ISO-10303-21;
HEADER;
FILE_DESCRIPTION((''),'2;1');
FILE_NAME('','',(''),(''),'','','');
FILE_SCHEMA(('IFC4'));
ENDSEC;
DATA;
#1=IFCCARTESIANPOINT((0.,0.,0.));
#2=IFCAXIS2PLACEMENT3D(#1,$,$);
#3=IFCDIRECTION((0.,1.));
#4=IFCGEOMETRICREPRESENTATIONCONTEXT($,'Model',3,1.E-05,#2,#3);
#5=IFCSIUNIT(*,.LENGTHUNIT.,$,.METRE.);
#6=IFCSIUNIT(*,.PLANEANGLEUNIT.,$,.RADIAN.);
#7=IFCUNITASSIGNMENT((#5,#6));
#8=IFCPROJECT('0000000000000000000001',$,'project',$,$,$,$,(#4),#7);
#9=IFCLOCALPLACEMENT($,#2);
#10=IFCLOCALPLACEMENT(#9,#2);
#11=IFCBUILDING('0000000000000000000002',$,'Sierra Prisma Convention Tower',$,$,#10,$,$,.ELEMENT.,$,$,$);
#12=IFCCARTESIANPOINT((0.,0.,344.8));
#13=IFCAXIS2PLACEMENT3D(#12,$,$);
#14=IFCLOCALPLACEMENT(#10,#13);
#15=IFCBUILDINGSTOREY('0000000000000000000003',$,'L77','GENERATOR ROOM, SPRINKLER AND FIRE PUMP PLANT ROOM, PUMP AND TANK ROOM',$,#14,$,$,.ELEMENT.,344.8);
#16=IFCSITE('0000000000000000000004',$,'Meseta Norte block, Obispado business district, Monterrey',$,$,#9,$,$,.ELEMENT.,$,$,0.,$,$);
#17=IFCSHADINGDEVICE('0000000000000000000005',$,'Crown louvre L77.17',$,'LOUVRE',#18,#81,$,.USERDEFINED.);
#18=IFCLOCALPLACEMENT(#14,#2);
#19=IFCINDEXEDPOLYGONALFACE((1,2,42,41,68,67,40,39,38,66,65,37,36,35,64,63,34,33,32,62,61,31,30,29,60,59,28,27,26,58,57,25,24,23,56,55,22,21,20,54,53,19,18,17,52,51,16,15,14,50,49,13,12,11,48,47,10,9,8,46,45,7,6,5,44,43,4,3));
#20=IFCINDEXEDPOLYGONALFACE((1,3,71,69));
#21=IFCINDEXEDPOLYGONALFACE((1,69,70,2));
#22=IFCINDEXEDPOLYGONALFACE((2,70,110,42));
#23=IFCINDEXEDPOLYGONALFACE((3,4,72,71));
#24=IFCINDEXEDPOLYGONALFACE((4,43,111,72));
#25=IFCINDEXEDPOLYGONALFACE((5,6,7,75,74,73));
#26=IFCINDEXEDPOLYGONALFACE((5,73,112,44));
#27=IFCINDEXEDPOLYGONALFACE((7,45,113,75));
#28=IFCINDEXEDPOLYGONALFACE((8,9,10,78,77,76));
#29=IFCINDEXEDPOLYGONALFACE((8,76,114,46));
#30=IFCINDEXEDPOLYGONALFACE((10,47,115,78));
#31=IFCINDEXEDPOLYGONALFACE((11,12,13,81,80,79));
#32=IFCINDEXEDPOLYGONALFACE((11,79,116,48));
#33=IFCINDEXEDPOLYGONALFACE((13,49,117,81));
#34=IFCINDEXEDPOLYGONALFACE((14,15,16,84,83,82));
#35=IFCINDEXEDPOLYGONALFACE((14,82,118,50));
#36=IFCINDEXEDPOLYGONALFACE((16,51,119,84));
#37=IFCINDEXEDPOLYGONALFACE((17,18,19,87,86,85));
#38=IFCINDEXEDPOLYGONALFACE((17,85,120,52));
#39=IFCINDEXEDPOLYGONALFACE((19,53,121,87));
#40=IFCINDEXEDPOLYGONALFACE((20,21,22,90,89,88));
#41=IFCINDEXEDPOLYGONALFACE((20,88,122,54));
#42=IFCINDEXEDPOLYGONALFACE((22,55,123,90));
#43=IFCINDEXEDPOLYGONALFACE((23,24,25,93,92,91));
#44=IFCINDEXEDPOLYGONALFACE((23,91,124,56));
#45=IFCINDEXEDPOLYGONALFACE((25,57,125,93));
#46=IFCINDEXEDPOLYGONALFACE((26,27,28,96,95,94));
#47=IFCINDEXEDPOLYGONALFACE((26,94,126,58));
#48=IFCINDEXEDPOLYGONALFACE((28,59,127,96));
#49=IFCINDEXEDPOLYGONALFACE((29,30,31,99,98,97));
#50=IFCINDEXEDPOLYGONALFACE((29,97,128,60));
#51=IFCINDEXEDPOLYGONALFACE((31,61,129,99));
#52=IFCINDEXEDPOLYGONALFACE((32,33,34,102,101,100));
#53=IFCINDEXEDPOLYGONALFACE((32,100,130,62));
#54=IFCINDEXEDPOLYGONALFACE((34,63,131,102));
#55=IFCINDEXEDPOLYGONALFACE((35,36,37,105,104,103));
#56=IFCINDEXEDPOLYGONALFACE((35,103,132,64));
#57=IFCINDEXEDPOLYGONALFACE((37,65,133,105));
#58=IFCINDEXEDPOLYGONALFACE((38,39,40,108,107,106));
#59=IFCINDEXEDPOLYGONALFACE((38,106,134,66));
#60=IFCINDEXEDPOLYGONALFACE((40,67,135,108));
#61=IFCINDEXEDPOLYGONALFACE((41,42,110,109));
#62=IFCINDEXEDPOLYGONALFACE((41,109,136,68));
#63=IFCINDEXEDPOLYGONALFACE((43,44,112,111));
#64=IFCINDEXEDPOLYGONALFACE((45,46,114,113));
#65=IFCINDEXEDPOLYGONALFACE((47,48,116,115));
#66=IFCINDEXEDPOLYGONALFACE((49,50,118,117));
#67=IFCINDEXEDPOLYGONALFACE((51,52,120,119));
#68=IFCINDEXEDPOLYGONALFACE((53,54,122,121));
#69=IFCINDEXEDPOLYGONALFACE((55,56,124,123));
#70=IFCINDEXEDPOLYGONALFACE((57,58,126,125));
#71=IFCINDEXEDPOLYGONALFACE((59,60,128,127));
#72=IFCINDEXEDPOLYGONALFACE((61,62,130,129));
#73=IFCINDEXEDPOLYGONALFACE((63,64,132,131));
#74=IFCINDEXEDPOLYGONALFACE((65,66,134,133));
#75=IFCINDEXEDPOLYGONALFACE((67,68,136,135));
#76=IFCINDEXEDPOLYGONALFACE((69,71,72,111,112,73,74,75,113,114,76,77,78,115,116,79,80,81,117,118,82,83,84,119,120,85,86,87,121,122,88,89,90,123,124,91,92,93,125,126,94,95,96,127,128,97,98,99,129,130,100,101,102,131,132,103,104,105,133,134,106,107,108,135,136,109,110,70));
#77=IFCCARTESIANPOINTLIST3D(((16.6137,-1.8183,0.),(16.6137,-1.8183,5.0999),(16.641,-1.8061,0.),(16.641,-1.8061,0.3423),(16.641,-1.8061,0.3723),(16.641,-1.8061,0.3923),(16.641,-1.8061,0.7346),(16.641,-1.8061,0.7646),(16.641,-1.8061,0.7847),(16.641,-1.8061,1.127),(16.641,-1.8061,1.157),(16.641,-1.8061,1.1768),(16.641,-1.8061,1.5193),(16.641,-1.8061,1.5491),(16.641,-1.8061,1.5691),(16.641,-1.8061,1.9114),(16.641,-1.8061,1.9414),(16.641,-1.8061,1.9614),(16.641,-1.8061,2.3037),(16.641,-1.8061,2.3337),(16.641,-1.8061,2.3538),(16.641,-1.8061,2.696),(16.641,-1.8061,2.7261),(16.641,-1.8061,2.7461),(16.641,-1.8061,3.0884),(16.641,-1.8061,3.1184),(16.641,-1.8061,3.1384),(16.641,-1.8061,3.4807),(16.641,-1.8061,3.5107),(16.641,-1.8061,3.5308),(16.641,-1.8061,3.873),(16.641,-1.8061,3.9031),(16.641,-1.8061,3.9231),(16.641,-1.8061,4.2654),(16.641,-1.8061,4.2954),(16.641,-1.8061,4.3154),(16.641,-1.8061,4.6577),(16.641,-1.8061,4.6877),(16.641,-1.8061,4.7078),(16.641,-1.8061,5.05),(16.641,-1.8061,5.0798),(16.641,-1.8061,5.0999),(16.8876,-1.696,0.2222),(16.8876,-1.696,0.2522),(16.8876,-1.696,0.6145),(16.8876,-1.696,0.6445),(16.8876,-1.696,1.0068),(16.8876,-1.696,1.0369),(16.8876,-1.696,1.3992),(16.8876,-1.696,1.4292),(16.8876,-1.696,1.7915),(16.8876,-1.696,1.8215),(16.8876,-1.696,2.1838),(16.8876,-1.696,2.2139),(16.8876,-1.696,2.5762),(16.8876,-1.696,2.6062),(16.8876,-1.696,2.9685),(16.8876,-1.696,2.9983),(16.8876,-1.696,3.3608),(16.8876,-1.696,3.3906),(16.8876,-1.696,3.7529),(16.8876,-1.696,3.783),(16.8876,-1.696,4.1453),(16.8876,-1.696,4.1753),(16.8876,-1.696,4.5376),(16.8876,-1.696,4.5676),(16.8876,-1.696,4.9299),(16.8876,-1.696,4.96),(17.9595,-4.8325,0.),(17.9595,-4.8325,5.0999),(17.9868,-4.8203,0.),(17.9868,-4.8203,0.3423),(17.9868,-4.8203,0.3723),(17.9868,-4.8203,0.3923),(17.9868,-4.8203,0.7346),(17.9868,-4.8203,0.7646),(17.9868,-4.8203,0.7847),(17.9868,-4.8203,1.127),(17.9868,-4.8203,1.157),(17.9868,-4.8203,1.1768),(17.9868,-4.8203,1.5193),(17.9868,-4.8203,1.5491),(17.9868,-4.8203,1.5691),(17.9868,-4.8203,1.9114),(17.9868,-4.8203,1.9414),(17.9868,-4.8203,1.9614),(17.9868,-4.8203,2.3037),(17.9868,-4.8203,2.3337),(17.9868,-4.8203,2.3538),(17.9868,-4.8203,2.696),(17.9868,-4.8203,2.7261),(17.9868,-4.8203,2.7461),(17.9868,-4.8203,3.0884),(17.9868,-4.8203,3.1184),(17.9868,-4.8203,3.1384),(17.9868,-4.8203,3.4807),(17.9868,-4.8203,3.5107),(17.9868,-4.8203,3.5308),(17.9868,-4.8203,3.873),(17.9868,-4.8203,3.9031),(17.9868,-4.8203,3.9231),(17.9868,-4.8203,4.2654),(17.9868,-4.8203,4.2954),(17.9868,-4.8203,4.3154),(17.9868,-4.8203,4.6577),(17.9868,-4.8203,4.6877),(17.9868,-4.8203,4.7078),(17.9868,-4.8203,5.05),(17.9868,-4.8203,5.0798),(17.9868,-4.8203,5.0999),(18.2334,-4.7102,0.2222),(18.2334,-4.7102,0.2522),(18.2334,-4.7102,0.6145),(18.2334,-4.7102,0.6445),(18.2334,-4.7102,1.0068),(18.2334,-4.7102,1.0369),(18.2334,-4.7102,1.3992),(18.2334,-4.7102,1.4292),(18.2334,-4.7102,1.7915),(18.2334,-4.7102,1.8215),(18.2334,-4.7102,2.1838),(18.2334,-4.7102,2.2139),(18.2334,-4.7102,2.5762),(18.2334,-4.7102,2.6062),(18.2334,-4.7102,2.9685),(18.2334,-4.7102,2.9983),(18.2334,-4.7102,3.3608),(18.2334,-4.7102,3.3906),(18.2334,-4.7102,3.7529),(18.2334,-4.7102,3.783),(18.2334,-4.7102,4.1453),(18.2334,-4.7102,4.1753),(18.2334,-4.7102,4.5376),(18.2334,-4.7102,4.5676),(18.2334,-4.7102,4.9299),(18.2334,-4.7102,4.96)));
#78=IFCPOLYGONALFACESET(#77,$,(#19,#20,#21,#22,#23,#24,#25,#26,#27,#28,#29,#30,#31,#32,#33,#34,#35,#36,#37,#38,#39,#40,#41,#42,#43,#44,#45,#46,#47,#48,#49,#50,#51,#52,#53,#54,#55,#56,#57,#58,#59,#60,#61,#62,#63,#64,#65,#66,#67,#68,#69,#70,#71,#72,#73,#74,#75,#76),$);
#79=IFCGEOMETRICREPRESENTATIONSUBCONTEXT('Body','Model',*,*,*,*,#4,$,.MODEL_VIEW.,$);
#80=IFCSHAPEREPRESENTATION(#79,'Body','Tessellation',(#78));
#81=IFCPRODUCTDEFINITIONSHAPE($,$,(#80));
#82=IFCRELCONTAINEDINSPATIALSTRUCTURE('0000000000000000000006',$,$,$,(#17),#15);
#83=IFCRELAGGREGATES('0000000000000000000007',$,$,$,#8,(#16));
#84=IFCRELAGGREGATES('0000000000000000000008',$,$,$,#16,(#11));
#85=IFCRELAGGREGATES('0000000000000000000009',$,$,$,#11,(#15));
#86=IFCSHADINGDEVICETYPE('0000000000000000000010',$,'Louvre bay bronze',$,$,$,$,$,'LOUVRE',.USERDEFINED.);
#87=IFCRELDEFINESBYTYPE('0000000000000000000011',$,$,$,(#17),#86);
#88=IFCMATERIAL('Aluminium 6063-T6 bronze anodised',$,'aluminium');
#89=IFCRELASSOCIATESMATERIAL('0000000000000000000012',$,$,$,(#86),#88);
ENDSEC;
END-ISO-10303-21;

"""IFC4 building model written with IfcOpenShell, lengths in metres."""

from ifc_helpers import new_model, si_unit, direction, frame, origin, place, context, subcontext, project, spatial, polyline, outline, extrude, material, type_object, element, save


model = new_model("IFC4")

# Units and contexts
model_context = context("Model", 3, precision=1e-05, world=origin(), true_north=direction((0.0, 1.0)))
body_context = subcontext(model_context, "Body", "Model", "MODEL_VIEW")
ifc_project = project(units=[si_unit("LENGTHUNIT", "METRE"), si_unit("PLANEANGLEUNIT", "RADIAN")], contexts=[model_context])

# Site, building, storey
site_placement = place(None, origin())
site = spatial("IfcSite", under=ifc_project, at=site_placement, Name="Meseta Norte block, Obispado business district, Monterrey", CompositionType="ELEMENT", RefElevation=0.0)
building_placement = place(site_placement, origin())
building = spatial("IfcBuilding", under=site, at=building_placement, Name="Sierra Prisma Convention Tower", CompositionType="ELEMENT")
storey_placement = place(building_placement, frame((0.0, 0.0, 344.8)))
storey = spatial("IfcBuildingStorey", under=building, at=storey_placement, Name="L77", Description="GENERATOR ROOM, SPRINKLER AND FIRE PUMP PLANT ROOM, PUMP AND TANK ROOM", CompositionType="ELEMENT", Elevation=344.8)

# Shading device
ifc_material_1 = material(Name="Aluminium 6063-T6 bronze anodised", Category="aluminium")
shading_device_type = type_object("IfcShadingDeviceType", Name="Louvre bay bronze", ElementType="LOUVRE", PredefinedType="USERDEFINED", material=ifc_material_1)
shading_device_placement = place(storey_placement, frame((17.9595, -4.8325, 0.0), z_axis=(0.407684, -0.913123, 0.0), x_axis=(0.0, 0.0, 1.0)))
element("IfcShadingDevice", 1, at=shading_device_placement, inside=storey, type_object=shading_device_type, Name="Crown louvre L77.17", ObjectType="LOUVRE", PredefinedType="USERDEFINED", context=body_context, shape_type="SweptSolid", body=[
    extrude(outline(polyline([(0.0, 0.0), (5.0999, 0.0), (5.0999, -0.0299), (5.0798, -0.0299), (4.96, -0.3), (4.9299, -0.3), (5.05, -0.0299), (4.7078, -0.0299), (4.6877, -0.0299), (4.5676, -0.3), (4.5376, -0.3), (4.6577, -0.0299), (4.3154, -0.0299), (4.2954, -0.0299), (4.1753, -0.3), (4.1453, -0.3), (4.2654, -0.0299), (3.9231, -0.0299), (3.9031, -0.0299), (3.783, -0.3), (3.7529, -0.3), (3.873, -0.0299), (3.5308, -0.0299), (3.5107, -0.0299), (3.3906, -0.3), (3.3608, -0.3), (3.4807, -0.0299), (3.1384, -0.0299), (3.1184, -0.0299), (2.9983, -0.3), (2.9685, -0.3), (3.0884, -0.0299), (2.7461, -0.0299), (2.7261, -0.0299), (2.6062, -0.3), (2.5762, -0.3), (2.696, -0.0299), (2.3538, -0.0299), (2.3337, -0.0299), (2.2139, -0.3), (2.1838, -0.3), (2.3037, -0.0299), (1.9614, -0.0299), (1.9414, -0.0299), (1.8215, -0.3), (1.7915, -0.3), (1.9114, -0.0299), (1.5691, -0.0299), (1.5491, -0.0299), (1.4292, -0.3), (1.3992, -0.3), (1.5193, -0.0299), (1.1768, -0.0299), (1.157, -0.0299), (1.0369, -0.3), (1.0068, -0.3), (1.127, -0.0299), (0.7847, -0.0299), (0.7646, -0.0299), (0.6445, -0.3), (0.6145, -0.3), (0.7346, -0.0299), (0.3923, -0.0299), (0.3723, -0.0299), (0.2522, -0.3), (0.2222, -0.3), (0.3423, -0.0299), (0.0, -0.0299), (0.0, 0.0)])), origin(), (0.0, 0.0, -1.0), 3.301),
])

save(model, "model.ifc")
